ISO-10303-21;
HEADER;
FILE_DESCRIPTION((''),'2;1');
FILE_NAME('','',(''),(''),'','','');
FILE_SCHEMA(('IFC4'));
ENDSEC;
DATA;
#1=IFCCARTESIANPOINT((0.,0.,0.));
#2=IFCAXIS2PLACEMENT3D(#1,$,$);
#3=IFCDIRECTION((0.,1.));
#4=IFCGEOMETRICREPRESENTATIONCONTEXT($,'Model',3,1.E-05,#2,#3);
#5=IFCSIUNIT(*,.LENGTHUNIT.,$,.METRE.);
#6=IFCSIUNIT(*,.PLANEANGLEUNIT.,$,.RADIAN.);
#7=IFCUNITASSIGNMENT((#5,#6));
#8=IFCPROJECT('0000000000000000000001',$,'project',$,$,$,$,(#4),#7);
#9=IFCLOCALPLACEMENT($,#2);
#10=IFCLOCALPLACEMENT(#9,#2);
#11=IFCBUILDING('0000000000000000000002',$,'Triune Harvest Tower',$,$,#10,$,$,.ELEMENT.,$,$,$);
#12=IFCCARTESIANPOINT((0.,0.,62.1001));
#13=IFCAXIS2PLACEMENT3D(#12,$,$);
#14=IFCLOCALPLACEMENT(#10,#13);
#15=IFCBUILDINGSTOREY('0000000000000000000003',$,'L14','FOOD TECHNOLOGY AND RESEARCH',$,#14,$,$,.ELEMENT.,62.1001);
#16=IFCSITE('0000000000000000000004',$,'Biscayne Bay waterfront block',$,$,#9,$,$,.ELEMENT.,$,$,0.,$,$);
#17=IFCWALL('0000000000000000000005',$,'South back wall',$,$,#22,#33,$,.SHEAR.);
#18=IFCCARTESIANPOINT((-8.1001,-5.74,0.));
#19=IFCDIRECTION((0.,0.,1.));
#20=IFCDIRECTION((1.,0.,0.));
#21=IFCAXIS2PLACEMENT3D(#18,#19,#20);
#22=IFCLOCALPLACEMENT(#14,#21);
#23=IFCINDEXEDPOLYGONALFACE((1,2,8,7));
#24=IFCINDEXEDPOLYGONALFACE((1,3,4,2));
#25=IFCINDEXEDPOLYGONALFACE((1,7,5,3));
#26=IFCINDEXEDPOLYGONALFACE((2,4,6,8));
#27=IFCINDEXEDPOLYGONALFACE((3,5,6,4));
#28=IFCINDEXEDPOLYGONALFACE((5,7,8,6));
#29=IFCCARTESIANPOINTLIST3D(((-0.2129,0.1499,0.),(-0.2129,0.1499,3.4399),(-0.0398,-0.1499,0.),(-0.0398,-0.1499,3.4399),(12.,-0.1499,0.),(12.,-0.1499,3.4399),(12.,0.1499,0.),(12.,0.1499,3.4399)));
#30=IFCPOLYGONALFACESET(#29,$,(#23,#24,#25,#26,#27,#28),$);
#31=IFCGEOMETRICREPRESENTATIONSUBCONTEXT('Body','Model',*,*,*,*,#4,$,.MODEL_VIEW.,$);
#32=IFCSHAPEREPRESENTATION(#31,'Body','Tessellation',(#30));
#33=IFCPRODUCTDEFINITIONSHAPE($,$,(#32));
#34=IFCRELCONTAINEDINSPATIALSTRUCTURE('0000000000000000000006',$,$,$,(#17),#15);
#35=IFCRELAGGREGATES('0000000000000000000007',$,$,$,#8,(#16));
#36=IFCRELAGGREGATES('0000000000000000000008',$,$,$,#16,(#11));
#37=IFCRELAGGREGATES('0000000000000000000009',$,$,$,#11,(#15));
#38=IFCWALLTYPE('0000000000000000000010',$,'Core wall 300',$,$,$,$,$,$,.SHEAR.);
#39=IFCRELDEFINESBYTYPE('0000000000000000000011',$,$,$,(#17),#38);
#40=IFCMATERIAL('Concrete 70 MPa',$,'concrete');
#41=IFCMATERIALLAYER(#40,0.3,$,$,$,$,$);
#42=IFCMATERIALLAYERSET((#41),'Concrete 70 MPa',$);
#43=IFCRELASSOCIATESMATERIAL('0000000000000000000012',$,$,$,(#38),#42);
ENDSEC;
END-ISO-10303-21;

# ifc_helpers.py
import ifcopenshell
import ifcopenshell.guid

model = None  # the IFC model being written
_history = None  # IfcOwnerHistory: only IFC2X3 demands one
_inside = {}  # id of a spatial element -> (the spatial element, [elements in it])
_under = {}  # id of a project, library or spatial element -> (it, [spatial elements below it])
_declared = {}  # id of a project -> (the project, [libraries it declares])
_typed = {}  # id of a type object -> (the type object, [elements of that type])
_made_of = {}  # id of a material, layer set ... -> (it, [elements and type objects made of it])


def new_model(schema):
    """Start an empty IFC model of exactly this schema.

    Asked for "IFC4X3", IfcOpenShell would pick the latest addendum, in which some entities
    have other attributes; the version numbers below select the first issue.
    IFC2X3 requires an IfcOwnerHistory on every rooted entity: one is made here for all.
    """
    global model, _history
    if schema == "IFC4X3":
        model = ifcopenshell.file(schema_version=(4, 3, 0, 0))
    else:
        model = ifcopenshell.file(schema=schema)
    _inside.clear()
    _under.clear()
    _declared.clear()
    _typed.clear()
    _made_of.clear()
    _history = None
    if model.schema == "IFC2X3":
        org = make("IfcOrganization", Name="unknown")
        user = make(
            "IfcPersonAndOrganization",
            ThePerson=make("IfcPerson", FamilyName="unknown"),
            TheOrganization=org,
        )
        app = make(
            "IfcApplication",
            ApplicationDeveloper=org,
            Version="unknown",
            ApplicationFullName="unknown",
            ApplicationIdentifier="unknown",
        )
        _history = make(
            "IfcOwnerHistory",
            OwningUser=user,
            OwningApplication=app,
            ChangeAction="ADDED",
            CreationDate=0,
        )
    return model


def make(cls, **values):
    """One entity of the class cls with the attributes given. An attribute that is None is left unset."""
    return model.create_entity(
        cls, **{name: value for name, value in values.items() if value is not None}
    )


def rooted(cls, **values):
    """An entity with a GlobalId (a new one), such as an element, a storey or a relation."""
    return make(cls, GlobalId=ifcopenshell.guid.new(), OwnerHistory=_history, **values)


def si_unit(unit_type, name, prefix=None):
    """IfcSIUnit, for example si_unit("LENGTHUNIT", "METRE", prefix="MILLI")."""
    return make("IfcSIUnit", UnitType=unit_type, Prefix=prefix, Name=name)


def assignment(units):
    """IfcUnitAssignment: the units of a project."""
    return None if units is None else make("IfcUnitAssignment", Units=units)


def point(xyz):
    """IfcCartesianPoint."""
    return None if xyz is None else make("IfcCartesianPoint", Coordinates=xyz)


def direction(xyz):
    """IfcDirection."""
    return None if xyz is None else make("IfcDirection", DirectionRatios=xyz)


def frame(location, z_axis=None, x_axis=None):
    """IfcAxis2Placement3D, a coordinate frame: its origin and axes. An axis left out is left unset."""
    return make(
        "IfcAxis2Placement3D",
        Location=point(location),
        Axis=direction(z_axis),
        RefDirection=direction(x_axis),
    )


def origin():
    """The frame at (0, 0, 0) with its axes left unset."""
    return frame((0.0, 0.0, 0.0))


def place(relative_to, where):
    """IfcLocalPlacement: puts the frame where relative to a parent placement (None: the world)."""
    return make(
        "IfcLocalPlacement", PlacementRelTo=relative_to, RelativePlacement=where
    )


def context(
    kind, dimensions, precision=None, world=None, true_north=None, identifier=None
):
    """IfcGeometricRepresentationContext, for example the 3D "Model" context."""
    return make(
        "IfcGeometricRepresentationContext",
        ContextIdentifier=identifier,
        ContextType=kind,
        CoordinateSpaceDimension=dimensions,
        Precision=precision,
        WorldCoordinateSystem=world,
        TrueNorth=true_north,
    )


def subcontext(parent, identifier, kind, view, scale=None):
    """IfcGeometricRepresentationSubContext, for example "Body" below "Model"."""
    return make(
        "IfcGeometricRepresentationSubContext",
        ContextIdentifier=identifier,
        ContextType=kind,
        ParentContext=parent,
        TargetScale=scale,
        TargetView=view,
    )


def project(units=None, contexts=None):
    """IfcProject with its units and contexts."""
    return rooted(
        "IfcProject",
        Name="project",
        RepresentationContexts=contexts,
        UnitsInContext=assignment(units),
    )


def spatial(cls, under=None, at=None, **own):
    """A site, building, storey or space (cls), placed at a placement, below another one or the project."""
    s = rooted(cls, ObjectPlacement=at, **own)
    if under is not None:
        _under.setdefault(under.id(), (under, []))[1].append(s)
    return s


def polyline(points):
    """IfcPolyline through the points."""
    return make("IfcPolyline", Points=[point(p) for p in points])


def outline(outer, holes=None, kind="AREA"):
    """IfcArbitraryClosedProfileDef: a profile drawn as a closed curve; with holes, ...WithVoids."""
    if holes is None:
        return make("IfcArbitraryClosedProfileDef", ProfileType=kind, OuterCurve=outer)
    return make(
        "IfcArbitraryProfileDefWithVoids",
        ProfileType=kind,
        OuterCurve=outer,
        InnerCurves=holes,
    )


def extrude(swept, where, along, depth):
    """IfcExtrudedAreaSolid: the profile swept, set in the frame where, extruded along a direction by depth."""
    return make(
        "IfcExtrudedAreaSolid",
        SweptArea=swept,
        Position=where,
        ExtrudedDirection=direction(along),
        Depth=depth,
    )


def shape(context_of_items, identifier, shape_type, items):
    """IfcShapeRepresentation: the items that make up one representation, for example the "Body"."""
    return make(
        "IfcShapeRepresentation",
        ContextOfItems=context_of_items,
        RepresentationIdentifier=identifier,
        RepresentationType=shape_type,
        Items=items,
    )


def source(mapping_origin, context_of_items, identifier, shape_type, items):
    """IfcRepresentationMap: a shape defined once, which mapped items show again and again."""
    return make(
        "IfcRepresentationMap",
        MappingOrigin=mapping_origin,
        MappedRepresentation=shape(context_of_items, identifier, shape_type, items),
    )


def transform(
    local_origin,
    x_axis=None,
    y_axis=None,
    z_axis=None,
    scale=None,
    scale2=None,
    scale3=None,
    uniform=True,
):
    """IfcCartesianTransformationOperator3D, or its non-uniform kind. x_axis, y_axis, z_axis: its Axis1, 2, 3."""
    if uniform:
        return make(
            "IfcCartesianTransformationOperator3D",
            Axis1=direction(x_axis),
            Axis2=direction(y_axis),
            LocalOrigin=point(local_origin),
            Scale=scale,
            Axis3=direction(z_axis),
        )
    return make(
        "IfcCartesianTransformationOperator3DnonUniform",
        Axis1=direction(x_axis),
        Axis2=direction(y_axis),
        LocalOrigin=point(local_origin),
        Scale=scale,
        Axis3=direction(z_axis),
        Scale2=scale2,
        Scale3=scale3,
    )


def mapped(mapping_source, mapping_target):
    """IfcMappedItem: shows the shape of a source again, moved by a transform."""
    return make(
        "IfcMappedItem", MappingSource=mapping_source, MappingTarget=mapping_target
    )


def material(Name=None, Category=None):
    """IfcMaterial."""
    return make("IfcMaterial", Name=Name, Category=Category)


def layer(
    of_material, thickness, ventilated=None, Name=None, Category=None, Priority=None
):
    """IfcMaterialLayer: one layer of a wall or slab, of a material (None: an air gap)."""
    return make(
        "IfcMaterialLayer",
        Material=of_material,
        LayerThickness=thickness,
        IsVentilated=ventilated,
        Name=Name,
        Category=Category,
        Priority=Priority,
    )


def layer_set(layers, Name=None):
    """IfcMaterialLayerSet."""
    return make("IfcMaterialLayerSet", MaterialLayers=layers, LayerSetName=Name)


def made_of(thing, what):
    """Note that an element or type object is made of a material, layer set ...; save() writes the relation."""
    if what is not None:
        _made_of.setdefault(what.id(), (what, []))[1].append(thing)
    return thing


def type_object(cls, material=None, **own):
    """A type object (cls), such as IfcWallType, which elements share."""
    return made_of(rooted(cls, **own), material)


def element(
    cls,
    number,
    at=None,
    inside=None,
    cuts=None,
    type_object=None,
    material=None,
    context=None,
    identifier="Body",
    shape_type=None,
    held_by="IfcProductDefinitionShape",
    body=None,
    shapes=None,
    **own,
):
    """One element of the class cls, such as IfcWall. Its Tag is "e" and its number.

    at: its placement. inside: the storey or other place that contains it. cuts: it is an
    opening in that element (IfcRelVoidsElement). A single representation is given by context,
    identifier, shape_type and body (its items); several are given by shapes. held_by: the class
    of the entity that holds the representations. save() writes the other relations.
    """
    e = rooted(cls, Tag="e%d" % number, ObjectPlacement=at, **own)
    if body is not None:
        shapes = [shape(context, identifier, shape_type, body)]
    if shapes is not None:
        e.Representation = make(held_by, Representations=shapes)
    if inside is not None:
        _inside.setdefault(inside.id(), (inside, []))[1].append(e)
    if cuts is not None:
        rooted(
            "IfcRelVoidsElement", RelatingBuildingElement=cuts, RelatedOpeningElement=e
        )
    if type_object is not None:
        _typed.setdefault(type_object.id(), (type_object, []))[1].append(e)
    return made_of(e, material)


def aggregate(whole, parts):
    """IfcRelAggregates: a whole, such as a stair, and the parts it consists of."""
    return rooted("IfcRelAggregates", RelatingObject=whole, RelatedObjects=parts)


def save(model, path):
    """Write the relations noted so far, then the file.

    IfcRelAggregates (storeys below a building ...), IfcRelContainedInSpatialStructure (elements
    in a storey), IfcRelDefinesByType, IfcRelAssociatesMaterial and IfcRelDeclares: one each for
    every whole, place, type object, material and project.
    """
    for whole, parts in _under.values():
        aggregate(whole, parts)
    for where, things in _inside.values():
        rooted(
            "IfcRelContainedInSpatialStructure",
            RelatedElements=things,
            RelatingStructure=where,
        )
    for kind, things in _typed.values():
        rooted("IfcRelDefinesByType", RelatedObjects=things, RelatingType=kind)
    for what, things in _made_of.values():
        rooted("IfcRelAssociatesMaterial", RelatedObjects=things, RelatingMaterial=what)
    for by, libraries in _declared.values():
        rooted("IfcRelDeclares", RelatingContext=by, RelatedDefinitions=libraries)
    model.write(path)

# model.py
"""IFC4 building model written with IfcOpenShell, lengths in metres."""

from ifc_helpers import new_model, si_unit, direction, frame, origin, place, context, subcontext, project, spatial, polyline, outline, extrude, source, transform, mapped, material, layer, layer_set, type_object, element, save


model = new_model("IFC4")

# Units and contexts
model_context = context("Model", 3, precision=1e-05, world=origin(), true_north=direction((0.0, 1.0)))
body_context = subcontext(model_context, "Body", "Model", "MODEL_VIEW")
ifc_project = project(units=[si_unit("LENGTHUNIT", "METRE"), si_unit("PLANEANGLEUNIT", "RADIAN")], contexts=[model_context])

# Site, building, storey
site_placement = place(None, origin())
site = spatial("IfcSite", under=ifc_project, at=site_placement, Name="Biscayne Bay waterfront block", CompositionType="ELEMENT", RefElevation=0.0)
building_placement = place(site_placement, origin())
building = spatial("IfcBuilding", under=site, at=building_placement, Name="Triune Harvest Tower", CompositionType="ELEMENT")
storey_placement = place(building_placement, frame((0.0, 0.0, 62.1001)))
storey = spatial("IfcBuildingStorey", under=building, at=storey_placement, Name="L14", Description="FOOD TECHNOLOGY AND RESEARCH", CompositionType="ELEMENT", Elevation=62.1001)

# Shared definitions
ifc_material_1 = material(Name="Concrete 70 MPa", Category="concrete")
ifc_layer_1 = layer(ifc_material_1, 0.3)
ifc_layer_set_1 = layer_set([ifc_layer_1], Name="Concrete 70 MPa")
wall_type_1 = type_object("IfcWallType", Name="Core wall 300", PredefinedType="SHEAR", material=ifc_layer_set_1)

# Wall
shared_shape_1 = source(origin(), body_context, "Body", "SweptSolid", [
    extrude(outline(polyline([(12.0, -0.1499), (-0.0398, -0.1499), (-0.2129, 0.1499), (12.0, 0.1499), (12.0, -0.1499)])), origin(), (0.0, 0.0, 1.0), 3.4399),
])
wall_1_placement = place(storey_placement, frame((-8.1001, -5.74, 0.0), z_axis=(0.0, 0.0, 1.0), x_axis=(1.0, 0.0, 0.0)))
element("IfcWall", 1, at=wall_1_placement, inside=storey, type_object=wall_type_1, Name="South back wall", PredefinedType="SHEAR", context=body_context, shape_type="MappedRepresentation", body=[
    mapped(shared_shape_1, transform((0.0, 0.0, 0.0), scale=1.0)),
])

save(model, "model.ifc")
